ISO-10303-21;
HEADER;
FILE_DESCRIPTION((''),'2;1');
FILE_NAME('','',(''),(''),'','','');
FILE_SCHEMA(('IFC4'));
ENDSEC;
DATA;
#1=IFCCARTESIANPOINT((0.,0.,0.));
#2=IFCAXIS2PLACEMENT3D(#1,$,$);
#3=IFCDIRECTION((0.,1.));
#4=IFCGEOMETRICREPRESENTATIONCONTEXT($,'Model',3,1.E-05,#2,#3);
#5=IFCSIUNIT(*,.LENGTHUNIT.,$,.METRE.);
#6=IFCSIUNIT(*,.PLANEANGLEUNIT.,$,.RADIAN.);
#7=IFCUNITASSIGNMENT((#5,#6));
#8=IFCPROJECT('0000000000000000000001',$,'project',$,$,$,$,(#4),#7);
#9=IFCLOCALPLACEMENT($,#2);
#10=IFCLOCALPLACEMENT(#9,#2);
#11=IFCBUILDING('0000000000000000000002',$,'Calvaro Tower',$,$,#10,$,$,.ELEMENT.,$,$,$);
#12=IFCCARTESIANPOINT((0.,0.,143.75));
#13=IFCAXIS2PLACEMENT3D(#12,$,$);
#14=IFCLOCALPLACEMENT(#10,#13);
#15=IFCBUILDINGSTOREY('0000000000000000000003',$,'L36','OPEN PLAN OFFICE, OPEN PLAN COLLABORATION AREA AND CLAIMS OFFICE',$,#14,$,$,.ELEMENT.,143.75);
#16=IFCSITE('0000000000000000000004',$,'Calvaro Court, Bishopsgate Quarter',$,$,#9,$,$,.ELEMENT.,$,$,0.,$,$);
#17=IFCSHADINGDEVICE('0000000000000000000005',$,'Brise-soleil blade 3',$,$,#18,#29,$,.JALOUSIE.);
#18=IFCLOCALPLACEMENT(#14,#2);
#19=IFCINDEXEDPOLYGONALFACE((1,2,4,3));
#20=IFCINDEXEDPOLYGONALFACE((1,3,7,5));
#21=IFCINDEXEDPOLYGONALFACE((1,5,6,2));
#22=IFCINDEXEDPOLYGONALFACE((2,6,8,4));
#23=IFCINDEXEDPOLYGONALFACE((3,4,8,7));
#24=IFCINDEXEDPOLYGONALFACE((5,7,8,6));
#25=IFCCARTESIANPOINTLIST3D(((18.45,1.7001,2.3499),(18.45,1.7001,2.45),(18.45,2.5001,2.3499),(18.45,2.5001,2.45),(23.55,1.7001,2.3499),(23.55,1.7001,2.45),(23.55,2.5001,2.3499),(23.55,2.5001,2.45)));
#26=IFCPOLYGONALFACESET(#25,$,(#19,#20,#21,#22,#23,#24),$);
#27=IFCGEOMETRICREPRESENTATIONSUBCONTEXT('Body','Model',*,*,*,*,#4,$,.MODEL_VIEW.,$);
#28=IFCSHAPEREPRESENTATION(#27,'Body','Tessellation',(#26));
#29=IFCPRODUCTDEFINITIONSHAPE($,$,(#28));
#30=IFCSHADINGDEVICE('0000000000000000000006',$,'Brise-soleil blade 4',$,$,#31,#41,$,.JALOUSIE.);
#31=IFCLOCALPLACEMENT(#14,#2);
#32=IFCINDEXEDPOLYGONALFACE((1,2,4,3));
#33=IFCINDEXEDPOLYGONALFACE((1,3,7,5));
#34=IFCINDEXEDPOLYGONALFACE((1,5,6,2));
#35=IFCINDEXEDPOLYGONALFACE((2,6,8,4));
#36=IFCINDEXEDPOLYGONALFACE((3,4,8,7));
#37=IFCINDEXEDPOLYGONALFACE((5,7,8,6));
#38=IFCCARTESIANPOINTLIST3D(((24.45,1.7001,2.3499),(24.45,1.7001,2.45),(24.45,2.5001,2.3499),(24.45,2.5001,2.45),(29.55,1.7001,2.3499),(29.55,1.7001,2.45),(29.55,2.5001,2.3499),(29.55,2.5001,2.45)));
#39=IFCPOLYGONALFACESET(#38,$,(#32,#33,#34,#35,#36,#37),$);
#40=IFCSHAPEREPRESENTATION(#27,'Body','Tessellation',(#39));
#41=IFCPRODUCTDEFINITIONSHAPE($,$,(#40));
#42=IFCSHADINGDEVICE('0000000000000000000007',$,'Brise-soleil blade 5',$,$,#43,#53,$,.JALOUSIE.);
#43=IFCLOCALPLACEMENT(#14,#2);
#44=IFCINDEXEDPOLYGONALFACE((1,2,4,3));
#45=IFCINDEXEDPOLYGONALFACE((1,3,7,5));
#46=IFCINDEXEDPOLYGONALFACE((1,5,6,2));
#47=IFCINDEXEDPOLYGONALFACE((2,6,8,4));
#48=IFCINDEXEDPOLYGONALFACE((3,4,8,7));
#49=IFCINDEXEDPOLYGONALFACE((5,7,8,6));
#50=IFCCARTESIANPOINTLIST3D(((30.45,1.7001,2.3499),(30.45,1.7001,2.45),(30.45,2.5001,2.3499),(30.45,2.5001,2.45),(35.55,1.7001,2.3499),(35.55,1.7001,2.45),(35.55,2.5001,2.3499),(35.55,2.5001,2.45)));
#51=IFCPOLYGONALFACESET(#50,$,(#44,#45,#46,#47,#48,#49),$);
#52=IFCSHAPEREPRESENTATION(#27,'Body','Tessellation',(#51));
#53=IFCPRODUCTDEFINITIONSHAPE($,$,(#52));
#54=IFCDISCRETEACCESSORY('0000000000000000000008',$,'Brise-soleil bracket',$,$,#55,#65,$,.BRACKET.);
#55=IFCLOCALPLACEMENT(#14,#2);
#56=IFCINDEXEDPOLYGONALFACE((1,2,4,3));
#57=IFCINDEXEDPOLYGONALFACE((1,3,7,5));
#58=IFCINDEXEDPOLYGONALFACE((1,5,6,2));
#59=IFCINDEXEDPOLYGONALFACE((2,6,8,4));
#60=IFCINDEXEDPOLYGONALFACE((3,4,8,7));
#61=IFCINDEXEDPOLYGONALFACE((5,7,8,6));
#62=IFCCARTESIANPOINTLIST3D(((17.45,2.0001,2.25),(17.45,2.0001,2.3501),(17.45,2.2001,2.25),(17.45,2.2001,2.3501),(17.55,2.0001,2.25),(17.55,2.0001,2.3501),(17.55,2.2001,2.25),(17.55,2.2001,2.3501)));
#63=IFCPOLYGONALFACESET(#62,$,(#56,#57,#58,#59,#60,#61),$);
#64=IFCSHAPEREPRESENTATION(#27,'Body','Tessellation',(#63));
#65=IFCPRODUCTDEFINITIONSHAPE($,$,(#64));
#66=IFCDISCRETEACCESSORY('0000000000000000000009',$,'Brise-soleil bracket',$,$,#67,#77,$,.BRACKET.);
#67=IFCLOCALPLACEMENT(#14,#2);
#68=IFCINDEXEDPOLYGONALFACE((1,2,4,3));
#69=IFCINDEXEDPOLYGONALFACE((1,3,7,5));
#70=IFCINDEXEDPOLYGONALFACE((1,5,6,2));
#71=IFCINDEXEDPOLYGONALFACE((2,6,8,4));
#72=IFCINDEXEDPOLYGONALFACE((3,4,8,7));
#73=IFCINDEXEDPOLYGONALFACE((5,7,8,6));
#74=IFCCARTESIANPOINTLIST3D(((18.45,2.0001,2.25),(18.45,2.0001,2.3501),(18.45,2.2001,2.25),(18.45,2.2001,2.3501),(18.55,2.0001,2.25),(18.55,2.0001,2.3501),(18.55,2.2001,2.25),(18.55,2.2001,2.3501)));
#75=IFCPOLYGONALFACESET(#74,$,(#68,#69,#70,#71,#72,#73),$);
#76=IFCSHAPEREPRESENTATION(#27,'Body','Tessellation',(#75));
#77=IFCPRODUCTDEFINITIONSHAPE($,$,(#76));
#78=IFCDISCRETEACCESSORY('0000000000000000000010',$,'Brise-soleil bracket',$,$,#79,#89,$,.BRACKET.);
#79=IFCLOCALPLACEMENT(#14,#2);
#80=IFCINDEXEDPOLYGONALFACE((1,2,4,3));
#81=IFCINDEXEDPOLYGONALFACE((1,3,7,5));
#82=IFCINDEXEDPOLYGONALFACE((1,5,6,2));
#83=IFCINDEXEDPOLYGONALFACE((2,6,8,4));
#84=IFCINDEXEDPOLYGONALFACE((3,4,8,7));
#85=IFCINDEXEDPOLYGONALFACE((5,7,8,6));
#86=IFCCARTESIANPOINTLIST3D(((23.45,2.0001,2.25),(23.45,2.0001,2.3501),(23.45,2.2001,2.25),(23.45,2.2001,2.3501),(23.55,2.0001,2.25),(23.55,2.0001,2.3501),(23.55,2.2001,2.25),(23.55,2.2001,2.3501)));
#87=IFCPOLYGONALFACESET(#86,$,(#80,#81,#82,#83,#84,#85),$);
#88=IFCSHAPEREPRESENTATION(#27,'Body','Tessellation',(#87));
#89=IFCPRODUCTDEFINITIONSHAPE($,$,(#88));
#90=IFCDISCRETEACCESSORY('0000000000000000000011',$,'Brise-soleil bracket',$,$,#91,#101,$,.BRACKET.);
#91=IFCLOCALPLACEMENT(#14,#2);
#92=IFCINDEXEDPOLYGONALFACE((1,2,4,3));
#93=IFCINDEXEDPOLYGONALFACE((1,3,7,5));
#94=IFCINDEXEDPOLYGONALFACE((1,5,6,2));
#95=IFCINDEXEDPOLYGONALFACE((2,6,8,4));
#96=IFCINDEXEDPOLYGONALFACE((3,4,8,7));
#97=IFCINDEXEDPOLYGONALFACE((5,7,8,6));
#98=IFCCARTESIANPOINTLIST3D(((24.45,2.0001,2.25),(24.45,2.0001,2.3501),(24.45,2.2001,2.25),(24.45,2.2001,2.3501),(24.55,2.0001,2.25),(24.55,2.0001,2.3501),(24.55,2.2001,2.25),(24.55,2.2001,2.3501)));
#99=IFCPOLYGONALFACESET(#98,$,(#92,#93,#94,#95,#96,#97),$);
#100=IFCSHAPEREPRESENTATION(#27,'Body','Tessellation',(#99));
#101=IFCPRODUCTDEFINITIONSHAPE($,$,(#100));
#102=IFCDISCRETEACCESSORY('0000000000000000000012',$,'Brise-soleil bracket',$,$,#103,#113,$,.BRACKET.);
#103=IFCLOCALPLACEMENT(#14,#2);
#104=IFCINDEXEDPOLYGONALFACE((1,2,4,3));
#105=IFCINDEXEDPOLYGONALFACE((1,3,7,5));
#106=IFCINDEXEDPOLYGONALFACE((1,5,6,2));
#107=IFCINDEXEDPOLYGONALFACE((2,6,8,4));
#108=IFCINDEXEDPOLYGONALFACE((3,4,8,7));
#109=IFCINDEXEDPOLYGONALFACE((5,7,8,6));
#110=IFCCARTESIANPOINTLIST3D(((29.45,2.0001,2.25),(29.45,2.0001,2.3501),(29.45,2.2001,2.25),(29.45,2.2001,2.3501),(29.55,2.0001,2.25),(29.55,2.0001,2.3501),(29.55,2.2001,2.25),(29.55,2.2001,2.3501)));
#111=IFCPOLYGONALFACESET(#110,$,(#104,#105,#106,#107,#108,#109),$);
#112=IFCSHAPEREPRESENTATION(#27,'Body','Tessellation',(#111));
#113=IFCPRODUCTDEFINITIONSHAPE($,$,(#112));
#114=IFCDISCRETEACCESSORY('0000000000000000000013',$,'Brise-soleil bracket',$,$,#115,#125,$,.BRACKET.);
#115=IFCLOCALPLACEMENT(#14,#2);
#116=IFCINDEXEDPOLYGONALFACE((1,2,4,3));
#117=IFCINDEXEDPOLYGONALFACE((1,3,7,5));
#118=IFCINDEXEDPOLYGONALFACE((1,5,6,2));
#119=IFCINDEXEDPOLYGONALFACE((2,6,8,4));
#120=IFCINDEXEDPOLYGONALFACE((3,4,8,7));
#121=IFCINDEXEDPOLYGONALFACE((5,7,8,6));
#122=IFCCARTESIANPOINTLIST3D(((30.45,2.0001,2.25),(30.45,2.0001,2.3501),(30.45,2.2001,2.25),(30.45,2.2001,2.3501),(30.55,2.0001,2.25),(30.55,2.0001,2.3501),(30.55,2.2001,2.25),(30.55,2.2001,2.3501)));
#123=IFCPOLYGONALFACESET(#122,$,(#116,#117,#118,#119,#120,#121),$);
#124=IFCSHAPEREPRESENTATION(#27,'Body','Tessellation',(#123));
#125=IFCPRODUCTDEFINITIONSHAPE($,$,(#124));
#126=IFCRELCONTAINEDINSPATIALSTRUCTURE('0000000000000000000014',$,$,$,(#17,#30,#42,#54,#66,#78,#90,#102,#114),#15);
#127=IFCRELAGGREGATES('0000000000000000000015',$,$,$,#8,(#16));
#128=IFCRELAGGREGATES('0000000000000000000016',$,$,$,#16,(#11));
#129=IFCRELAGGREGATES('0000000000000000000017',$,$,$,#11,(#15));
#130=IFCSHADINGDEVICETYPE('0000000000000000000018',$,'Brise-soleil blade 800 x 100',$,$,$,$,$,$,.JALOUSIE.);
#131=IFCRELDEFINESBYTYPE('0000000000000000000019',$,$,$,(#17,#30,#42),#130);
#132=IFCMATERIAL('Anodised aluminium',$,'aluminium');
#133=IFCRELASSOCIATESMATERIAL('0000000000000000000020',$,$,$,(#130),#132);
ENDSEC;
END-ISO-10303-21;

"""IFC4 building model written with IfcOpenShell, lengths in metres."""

from ifc_helpers import new_model, si_unit, direction, frame, origin, origin_2d, place, context, subcontext, project, spatial, rectangle, extrude, material, material_profile, profile_set, type_object, element, save


model = new_model("IFC4")

# Units and contexts
model_context = context("Model", 3, precision=1e-05, world=origin(), true_north=direction((0.0, 1.0)))
body_context = subcontext(model_context, "Body", "Model", "MODEL_VIEW")
ifc_project = project(units=[si_unit("LENGTHUNIT", "METRE"), si_unit("PLANEANGLEUNIT", "RADIAN")], contexts=[model_context])

# Site, building, storey
site_placement = place(None, origin())
site = spatial("IfcSite", under=ifc_project, at=site_placement, Name="Calvaro Court, Bishopsgate Quarter", CompositionType="ELEMENT", RefElevation=0.0)
building_placement = place(site_placement, origin())
building = spatial("IfcBuilding", under=site, at=building_placement, Name="Calvaro Tower", CompositionType="ELEMENT")
storey_placement = place(building_placement, frame((0.0, 0.0, 143.75)))
storey = spatial("IfcBuildingStorey", under=building, at=storey_placement, Name="L36", Description="OPEN PLAN OFFICE, OPEN PLAN COLLABORATION AREA AND CLAIMS OFFICE", CompositionType="ELEMENT", Elevation=143.75)

# Shading devices
ifc_material_1 = material(Name="Anodised aluminium", Category="aluminium")
ifc_material_profile_1 = material_profile(ifc_material_1, rectangle(XDim=0.8, YDim=0.1001, at=origin_2d()), Name="Brise-soleil blade 800 x 100")
ifc_profile_set_1 = profile_set([ifc_material_profile_1], Name="Anodised aluminium")
shading_device_type = type_object("IfcShadingDeviceType", Name="Brise-soleil blade 800 x 100", PredefinedType="JALOUSIE", material=ifc_profile_set_1)
for number, where, z_axis, x_axis, name in (
    (1, (18.45, 2.1001, 2.3999), (1.0, 0.0, 0.0), (0.0, 1.0, 0.0), "Brise-soleil blade 3"),
    (2, (24.45, 2.1001, 2.3999), (1.0, 0.0, 0.0), (0.0, 1.0, 0.0), "Brise-soleil blade 4"),
    (3, (30.45, 2.1001, 2.3999), (1.0, 0.0, 0.0), (0.0, 1.0, 0.0), "Brise-soleil blade 5"),
):
    element("IfcShadingDevice", number, at=place(storey_placement, frame(where, z_axis=z_axis, x_axis=x_axis)), inside=storey, type_object=shading_device_type, Name=name, PredefinedType="JALOUSIE", context=body_context, shape_type="SweptSolid", body=[
        extrude(rectangle(XDim=0.8, YDim=0.1001, at=origin_2d()), origin(), (0.0, 0.0, 1.0), 5.1001),
    ])

# Discrete accessories
for number, where, z_axis, x_axis, name in (
    (4, (17.5, 2.1001, 2.25), (0.0, 0.0, 1.0), (1.0, 0.0, 0.0), "Brise-soleil bracket"),
    (5, (18.5, 2.1001, 2.25), (0.0, 0.0, 1.0), (1.0, 0.0, 0.0), "Brise-soleil bracket"),
    (6, (23.5, 2.1001, 2.25), (0.0, 0.0, 1.0), (1.0, 0.0, 0.0), "Brise-soleil bracket"),
    (7, (24.5, 2.1001, 2.25), (0.0, 0.0, 1.0), (1.0, 0.0, 0.0), "Brise-soleil bracket"),
    (8, (29.5, 2.1001, 2.25), (0.0, 0.0, 1.0), (1.0, 0.0, 0.0), "Brise-soleil bracket"),
    (9, (30.5, 2.1001, 2.25), (0.0, 0.0, 1.0), (1.0, 0.0, 0.0), "Brise-soleil bracket"),
):
    element("IfcDiscreteAccessory", number, at=place(storey_placement, frame(where, z_axis=z_axis, x_axis=x_axis)), inside=storey, Name=name, PredefinedType="BRACKET", context=body_context, shape_type="SweptSolid", body=[
        extrude(rectangle(XDim=0.1001, YDim=0.2, at=origin_2d()), origin(), (0.0, 0.0, 1.0), 0.1001),
    ])

save(model, "model.ifc")
